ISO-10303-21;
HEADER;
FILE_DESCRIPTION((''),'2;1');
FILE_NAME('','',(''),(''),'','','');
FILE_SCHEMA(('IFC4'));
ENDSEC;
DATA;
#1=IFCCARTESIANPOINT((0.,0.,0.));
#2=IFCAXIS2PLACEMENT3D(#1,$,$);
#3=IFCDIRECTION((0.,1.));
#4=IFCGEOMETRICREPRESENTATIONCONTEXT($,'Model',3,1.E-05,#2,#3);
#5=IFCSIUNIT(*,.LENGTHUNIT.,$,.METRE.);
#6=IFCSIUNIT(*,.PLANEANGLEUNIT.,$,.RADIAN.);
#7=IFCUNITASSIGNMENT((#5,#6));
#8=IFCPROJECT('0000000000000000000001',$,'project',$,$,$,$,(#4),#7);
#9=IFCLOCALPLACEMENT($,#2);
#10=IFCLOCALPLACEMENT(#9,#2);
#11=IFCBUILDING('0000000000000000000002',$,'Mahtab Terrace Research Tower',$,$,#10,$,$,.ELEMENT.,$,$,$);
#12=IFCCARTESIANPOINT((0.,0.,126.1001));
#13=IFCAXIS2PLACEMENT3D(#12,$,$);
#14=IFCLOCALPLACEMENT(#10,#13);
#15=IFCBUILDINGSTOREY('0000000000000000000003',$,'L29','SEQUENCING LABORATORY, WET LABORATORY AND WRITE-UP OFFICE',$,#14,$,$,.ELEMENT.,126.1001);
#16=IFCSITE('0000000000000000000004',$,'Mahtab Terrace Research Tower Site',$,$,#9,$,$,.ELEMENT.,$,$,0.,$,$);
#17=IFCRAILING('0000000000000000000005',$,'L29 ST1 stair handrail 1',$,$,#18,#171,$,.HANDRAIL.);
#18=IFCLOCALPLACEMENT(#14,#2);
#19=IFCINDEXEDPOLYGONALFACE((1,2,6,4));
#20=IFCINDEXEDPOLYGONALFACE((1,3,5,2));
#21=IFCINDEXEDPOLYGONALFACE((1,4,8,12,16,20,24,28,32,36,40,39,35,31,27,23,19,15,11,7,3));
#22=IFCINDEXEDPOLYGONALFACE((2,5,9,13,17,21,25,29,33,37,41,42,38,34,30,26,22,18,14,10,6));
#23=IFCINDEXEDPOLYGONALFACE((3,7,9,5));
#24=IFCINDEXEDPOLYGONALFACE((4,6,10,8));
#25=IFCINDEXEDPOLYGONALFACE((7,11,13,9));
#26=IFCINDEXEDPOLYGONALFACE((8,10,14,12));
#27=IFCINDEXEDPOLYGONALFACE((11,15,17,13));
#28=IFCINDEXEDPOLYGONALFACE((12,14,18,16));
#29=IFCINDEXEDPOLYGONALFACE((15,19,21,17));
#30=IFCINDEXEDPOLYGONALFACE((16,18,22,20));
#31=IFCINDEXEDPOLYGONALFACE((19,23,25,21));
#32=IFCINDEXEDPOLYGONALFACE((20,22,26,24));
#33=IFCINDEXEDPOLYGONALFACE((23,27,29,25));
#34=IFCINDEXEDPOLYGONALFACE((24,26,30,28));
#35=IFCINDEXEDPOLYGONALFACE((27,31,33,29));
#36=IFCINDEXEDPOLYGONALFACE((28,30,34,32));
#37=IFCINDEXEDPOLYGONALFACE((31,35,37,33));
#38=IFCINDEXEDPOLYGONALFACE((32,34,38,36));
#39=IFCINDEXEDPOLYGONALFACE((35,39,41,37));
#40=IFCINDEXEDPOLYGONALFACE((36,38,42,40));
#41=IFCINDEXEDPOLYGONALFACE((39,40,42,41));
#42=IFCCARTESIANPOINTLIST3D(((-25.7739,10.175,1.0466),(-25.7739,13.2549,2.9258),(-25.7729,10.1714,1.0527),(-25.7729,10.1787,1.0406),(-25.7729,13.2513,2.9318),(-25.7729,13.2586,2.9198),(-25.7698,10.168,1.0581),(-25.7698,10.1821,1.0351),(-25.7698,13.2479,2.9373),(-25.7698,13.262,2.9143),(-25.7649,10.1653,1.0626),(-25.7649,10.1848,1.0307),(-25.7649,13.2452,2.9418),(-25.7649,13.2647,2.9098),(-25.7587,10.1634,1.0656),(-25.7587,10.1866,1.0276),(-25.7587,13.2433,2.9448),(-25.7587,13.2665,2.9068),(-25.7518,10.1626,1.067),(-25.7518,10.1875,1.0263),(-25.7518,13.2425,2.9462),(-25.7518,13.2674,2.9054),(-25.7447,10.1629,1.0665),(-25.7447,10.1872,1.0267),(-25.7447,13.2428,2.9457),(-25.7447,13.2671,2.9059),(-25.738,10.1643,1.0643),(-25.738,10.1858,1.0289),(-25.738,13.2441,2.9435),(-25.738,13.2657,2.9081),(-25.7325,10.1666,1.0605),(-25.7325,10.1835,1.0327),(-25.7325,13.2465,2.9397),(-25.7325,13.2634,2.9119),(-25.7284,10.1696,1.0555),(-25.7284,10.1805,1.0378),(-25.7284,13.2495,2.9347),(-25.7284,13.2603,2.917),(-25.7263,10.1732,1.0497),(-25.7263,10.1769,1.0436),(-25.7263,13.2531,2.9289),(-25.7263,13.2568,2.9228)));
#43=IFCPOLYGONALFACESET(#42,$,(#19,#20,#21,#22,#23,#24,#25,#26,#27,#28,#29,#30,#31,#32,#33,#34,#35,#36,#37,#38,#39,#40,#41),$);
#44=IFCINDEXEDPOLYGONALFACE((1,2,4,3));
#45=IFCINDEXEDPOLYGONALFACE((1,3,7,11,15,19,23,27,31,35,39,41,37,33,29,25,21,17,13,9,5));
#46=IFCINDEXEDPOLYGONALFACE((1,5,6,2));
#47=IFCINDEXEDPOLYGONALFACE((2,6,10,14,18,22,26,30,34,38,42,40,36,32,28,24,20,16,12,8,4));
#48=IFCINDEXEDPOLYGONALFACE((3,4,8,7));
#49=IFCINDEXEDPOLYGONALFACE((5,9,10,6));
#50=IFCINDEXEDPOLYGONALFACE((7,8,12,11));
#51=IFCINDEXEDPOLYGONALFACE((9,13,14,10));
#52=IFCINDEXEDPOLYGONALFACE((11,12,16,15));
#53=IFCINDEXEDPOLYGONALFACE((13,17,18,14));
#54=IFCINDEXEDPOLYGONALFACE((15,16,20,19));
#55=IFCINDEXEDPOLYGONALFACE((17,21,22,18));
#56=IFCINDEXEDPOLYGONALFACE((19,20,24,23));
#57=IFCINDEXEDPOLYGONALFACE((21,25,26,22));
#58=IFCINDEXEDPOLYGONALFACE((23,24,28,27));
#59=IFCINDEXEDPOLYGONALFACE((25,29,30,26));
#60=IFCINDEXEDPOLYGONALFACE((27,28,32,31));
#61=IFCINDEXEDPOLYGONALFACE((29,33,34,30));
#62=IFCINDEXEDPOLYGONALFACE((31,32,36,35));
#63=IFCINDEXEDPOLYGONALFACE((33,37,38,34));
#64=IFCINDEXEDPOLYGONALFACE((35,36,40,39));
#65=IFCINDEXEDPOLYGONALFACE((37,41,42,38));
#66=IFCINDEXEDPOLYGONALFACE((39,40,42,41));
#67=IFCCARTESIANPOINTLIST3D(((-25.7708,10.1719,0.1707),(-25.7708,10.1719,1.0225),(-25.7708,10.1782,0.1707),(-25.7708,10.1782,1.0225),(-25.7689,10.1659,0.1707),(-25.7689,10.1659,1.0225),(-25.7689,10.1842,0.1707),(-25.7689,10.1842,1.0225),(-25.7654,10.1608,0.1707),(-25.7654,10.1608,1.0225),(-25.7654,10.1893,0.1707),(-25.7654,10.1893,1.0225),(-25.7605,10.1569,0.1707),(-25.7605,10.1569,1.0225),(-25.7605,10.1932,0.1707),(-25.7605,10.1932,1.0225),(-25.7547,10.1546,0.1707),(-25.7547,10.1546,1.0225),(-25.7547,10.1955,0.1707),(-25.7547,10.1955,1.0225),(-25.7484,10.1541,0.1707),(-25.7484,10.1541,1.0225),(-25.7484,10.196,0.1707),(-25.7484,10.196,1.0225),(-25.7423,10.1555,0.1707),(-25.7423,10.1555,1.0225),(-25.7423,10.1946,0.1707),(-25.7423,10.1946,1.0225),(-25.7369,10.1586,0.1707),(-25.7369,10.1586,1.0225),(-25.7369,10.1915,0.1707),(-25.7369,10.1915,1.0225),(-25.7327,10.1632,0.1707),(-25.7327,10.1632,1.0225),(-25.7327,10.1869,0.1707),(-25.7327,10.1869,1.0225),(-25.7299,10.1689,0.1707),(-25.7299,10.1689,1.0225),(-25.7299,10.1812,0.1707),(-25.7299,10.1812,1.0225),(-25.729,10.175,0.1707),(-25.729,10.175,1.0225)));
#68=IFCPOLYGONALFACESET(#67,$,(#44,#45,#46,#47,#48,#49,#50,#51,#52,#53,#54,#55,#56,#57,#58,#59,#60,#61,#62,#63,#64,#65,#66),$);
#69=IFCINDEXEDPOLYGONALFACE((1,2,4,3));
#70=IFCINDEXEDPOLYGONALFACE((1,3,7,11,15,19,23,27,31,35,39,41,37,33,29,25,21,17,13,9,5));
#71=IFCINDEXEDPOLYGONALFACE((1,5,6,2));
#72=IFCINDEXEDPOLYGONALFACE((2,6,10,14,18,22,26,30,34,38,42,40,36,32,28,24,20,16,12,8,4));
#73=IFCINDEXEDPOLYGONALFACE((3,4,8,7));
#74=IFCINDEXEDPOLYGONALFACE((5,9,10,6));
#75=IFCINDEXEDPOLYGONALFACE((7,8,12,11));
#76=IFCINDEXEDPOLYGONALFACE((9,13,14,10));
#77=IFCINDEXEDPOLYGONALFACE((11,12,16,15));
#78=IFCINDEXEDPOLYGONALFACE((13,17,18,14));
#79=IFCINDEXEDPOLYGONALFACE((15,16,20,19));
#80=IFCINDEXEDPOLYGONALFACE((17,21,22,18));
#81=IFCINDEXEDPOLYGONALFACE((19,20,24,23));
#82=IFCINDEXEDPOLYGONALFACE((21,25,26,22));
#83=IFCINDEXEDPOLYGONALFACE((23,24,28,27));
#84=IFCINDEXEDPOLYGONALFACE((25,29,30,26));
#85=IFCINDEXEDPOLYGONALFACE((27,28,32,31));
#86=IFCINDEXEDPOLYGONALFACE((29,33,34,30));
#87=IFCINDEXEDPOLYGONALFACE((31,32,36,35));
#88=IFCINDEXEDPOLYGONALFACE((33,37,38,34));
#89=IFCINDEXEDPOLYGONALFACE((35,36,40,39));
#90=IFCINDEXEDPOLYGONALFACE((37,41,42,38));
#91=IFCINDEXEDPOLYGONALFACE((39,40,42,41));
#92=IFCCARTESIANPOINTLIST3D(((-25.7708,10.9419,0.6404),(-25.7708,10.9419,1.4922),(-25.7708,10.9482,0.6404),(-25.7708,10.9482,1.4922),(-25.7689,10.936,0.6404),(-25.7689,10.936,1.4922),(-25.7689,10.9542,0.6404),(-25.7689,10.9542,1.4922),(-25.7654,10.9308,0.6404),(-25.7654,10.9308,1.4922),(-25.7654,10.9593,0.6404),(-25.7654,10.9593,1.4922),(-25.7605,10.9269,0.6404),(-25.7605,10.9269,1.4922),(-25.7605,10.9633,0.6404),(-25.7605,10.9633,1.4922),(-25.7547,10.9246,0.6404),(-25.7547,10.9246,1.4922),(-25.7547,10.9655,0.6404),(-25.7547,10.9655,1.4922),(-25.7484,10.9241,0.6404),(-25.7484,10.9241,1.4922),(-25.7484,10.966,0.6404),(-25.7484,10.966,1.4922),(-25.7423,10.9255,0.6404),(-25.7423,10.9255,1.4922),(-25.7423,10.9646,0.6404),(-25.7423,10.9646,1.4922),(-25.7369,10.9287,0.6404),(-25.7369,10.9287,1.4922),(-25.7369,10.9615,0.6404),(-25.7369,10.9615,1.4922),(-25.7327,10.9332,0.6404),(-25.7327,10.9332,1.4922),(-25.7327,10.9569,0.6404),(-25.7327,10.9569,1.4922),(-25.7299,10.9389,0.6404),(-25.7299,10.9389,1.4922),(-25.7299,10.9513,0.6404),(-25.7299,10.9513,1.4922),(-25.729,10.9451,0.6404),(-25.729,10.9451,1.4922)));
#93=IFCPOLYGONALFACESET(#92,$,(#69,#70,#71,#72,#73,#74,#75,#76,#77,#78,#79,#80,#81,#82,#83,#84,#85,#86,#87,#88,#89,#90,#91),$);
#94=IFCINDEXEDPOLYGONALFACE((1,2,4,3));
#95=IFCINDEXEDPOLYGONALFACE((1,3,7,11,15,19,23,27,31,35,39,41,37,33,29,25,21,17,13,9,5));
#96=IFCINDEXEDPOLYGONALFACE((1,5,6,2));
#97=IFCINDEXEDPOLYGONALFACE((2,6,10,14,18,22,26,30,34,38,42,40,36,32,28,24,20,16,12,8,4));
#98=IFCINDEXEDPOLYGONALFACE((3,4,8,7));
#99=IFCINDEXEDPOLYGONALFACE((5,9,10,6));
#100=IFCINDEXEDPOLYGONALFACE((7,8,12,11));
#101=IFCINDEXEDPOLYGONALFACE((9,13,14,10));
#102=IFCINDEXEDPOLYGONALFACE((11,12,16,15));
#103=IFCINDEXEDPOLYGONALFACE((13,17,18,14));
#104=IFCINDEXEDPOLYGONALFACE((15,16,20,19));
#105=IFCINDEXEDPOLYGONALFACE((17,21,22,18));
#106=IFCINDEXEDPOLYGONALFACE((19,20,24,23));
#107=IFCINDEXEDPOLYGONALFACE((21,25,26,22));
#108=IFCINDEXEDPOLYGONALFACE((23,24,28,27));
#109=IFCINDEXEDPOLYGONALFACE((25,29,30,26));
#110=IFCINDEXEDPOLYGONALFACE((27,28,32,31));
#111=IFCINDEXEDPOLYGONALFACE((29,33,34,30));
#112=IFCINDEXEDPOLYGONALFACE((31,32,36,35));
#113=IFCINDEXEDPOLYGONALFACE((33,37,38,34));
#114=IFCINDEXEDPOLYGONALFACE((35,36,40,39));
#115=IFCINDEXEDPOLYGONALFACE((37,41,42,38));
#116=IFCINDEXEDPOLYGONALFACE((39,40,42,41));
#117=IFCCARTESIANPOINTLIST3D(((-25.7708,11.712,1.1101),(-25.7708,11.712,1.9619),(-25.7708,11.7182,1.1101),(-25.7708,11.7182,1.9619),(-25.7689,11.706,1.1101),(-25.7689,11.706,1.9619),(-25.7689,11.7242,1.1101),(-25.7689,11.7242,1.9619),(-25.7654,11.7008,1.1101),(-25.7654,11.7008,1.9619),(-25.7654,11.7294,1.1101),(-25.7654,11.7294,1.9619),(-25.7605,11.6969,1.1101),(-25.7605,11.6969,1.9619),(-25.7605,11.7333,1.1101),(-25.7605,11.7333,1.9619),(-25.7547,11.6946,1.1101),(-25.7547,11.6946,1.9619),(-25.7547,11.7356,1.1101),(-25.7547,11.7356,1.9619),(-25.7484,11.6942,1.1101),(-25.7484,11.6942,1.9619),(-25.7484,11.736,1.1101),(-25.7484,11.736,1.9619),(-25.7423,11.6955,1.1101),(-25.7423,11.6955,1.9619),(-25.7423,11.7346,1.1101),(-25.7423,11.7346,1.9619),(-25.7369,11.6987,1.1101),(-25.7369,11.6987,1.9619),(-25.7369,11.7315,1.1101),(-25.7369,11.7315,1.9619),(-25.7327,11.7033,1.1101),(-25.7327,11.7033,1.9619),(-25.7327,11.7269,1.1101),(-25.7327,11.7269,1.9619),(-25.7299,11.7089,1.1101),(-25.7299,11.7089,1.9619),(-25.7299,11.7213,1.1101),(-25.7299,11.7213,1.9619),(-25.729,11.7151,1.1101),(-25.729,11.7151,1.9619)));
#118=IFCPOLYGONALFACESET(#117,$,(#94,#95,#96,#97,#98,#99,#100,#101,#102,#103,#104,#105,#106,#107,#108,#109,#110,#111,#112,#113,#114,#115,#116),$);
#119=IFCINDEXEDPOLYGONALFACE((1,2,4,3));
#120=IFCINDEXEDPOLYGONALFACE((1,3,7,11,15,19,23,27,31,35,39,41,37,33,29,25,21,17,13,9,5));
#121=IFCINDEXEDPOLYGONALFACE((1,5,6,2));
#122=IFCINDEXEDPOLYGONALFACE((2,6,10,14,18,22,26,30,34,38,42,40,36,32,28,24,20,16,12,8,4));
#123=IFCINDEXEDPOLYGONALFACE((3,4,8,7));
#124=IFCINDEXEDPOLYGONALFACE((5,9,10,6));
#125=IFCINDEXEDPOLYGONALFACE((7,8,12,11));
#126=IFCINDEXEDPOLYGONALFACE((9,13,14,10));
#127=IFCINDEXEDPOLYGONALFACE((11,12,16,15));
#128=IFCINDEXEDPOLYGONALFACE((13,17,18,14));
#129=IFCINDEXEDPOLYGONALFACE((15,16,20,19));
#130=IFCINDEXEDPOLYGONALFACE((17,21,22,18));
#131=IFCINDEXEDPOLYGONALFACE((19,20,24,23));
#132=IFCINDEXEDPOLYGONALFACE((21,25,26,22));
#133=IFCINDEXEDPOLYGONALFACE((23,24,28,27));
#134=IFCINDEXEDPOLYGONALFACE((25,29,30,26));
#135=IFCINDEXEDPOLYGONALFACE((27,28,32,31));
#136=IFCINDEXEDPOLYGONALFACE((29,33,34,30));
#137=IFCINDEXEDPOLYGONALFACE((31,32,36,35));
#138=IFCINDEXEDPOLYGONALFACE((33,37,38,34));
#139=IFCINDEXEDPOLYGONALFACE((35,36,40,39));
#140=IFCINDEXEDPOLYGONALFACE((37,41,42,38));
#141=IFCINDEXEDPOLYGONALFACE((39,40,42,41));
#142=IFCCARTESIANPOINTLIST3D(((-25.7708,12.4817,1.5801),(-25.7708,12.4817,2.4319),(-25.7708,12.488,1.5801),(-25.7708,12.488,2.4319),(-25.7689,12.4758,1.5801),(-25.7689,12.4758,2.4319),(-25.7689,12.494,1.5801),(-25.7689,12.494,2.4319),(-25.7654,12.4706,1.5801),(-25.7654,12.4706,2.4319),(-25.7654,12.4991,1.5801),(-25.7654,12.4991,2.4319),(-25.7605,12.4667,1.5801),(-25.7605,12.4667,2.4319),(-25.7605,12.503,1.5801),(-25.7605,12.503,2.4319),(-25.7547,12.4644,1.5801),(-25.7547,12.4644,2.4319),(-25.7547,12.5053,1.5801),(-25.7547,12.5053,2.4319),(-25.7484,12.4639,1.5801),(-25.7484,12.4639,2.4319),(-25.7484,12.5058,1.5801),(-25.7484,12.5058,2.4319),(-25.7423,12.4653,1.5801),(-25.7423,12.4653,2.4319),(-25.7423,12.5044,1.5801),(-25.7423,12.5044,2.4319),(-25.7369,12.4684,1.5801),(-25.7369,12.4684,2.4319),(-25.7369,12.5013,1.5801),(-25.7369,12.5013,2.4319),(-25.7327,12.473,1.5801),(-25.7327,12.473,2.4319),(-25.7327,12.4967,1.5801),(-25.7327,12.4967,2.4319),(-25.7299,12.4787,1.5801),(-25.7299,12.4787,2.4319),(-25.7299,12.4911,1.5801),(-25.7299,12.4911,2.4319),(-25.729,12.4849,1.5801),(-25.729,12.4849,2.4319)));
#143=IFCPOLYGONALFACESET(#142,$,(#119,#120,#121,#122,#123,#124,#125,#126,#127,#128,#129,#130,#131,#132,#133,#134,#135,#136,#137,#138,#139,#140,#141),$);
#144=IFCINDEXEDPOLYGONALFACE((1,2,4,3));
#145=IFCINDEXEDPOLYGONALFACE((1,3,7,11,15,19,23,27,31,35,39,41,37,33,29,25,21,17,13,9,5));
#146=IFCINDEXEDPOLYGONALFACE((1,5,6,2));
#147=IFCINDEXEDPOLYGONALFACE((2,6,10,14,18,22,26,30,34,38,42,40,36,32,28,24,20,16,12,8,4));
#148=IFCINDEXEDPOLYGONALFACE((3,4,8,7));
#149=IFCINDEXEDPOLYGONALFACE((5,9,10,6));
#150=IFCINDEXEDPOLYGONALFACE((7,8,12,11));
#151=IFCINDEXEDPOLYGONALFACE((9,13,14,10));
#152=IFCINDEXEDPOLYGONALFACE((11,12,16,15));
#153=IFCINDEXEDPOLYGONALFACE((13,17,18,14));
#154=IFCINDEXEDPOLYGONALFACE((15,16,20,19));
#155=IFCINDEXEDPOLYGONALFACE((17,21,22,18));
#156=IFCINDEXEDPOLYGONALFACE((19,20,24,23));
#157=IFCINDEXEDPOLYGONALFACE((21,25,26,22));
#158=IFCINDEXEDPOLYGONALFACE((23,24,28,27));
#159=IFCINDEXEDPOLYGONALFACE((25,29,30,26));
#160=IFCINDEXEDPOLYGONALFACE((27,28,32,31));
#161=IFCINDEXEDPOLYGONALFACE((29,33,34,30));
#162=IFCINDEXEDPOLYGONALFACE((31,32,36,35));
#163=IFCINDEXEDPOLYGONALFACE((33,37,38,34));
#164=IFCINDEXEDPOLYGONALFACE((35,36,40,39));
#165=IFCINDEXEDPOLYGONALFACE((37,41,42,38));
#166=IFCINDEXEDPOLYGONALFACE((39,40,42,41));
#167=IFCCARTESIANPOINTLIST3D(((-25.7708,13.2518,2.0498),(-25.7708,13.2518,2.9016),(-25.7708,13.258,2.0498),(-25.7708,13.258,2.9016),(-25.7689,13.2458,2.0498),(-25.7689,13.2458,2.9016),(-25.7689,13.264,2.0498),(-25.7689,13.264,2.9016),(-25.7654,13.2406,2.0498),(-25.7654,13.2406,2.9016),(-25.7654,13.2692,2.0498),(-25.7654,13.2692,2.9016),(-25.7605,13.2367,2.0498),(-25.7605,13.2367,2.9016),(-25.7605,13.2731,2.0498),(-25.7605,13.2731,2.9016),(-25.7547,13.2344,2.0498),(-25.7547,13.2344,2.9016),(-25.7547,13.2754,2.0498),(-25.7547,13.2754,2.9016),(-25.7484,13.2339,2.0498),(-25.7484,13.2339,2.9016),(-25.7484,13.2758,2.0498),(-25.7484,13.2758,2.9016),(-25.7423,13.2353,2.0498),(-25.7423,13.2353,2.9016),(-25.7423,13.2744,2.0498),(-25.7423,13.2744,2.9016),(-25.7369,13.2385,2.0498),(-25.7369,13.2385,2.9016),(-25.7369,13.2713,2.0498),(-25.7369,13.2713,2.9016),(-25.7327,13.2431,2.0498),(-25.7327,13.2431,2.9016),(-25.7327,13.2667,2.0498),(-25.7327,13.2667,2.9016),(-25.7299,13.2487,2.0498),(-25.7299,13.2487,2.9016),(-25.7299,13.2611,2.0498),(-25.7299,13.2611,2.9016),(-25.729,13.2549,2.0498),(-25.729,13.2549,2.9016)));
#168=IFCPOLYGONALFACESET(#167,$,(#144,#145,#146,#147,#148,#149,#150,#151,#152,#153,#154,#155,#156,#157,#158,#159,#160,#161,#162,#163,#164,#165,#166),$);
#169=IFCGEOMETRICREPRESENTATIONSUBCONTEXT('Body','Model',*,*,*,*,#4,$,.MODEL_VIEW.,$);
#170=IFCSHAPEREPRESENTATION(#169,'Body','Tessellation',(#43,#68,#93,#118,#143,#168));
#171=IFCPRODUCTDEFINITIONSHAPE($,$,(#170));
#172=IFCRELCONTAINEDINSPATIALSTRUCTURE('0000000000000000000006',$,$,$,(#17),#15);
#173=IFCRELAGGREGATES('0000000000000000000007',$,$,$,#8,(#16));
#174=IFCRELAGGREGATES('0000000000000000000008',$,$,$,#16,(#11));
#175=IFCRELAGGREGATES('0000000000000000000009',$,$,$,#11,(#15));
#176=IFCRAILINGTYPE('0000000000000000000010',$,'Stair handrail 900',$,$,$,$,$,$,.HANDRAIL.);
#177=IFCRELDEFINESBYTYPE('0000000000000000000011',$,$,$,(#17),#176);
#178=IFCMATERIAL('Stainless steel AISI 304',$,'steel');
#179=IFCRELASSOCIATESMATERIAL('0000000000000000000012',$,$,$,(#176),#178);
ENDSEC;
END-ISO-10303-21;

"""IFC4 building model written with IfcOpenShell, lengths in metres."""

from ifc_helpers import new_model, si_unit, direction, frame, origin, origin_2d, place, context, subcontext, project, spatial, circle, extrude, material, type_object, element, save


model = new_model("IFC4")

# Units and contexts
model_context = context("Model", 3, precision=1e-05, world=origin(), true_north=direction((0.0, 1.0)))
body_context = subcontext(model_context, "Body", "Model", "MODEL_VIEW")
ifc_project = project(units=[si_unit("LENGTHUNIT", "METRE"), si_unit("PLANEANGLEUNIT", "RADIAN")], contexts=[model_context])

# Site, building, storey
site_placement = place(None, origin())
site = spatial("IfcSite", under=ifc_project, at=site_placement, Name="Mahtab Terrace Research Tower Site", CompositionType="ELEMENT", RefElevation=0.0)
building_placement = place(site_placement, origin())
building = spatial("IfcBuilding", under=site, at=building_placement, Name="Mahtab Terrace Research Tower", CompositionType="ELEMENT")
storey_placement = place(building_placement, frame((0.0, 0.0, 126.1001)))
storey = spatial("IfcBuildingStorey", under=building, at=storey_placement, Name="L29", Description="SEQUENCING LABORATORY, WET LABORATORY AND WRITE-UP OFFICE", CompositionType="ELEMENT", Elevation=126.1001)

# Railing
ifc_material_1 = material(Name="Stainless steel AISI 304", Category="steel")
railing_type_1 = type_object("IfcRailingType", Name="Stair handrail 900", PredefinedType="HANDRAIL", material=ifc_material_1)
railing_1_placement = place(storey_placement, frame((-25.75, 10.175, 0.1707)))
element("IfcRailing", 1, at=railing_1_placement, inside=storey, type_object=railing_type_1, Name="L29 ST1 stair handrail 1", PredefinedType="HANDRAIL", context=body_context, shape_type="SweptSolid", body=[
    extrude(circle(Radius=0.0239, at=origin_2d()), frame((0.0, 0.0, 0.876), z_axis=(0.0, 0.853648, 0.52085), x_axis=(-1.0, 0.0, 0.0)), (0.0, 0.0, 1.0), 3.6079),
    extrude(circle(Radius=0.021, at=origin_2d()), origin(), (0.0, 0.0, 1.0), 0.8518),
    extrude(circle(Radius=0.021, at=origin_2d()), frame((0.0, 0.77, 0.4697)), (0.0, 0.0, 1.0), 0.8518),
    extrude(circle(Radius=0.021, at=origin_2d()), frame((0.0, 1.54, 0.9395)), (0.0, 0.0, 1.0), 0.8518),
    extrude(circle(Radius=0.021, at=origin_2d()), frame((0.0, 2.3098, 1.4094)), (0.0, 0.0, 1.0), 0.8518),
    extrude(circle(Radius=0.021, at=origin_2d()), frame((0.0, 3.0798, 1.8792)), (0.0, 0.0, 1.0), 0.8518),
])

save(model, "model.ifc")
